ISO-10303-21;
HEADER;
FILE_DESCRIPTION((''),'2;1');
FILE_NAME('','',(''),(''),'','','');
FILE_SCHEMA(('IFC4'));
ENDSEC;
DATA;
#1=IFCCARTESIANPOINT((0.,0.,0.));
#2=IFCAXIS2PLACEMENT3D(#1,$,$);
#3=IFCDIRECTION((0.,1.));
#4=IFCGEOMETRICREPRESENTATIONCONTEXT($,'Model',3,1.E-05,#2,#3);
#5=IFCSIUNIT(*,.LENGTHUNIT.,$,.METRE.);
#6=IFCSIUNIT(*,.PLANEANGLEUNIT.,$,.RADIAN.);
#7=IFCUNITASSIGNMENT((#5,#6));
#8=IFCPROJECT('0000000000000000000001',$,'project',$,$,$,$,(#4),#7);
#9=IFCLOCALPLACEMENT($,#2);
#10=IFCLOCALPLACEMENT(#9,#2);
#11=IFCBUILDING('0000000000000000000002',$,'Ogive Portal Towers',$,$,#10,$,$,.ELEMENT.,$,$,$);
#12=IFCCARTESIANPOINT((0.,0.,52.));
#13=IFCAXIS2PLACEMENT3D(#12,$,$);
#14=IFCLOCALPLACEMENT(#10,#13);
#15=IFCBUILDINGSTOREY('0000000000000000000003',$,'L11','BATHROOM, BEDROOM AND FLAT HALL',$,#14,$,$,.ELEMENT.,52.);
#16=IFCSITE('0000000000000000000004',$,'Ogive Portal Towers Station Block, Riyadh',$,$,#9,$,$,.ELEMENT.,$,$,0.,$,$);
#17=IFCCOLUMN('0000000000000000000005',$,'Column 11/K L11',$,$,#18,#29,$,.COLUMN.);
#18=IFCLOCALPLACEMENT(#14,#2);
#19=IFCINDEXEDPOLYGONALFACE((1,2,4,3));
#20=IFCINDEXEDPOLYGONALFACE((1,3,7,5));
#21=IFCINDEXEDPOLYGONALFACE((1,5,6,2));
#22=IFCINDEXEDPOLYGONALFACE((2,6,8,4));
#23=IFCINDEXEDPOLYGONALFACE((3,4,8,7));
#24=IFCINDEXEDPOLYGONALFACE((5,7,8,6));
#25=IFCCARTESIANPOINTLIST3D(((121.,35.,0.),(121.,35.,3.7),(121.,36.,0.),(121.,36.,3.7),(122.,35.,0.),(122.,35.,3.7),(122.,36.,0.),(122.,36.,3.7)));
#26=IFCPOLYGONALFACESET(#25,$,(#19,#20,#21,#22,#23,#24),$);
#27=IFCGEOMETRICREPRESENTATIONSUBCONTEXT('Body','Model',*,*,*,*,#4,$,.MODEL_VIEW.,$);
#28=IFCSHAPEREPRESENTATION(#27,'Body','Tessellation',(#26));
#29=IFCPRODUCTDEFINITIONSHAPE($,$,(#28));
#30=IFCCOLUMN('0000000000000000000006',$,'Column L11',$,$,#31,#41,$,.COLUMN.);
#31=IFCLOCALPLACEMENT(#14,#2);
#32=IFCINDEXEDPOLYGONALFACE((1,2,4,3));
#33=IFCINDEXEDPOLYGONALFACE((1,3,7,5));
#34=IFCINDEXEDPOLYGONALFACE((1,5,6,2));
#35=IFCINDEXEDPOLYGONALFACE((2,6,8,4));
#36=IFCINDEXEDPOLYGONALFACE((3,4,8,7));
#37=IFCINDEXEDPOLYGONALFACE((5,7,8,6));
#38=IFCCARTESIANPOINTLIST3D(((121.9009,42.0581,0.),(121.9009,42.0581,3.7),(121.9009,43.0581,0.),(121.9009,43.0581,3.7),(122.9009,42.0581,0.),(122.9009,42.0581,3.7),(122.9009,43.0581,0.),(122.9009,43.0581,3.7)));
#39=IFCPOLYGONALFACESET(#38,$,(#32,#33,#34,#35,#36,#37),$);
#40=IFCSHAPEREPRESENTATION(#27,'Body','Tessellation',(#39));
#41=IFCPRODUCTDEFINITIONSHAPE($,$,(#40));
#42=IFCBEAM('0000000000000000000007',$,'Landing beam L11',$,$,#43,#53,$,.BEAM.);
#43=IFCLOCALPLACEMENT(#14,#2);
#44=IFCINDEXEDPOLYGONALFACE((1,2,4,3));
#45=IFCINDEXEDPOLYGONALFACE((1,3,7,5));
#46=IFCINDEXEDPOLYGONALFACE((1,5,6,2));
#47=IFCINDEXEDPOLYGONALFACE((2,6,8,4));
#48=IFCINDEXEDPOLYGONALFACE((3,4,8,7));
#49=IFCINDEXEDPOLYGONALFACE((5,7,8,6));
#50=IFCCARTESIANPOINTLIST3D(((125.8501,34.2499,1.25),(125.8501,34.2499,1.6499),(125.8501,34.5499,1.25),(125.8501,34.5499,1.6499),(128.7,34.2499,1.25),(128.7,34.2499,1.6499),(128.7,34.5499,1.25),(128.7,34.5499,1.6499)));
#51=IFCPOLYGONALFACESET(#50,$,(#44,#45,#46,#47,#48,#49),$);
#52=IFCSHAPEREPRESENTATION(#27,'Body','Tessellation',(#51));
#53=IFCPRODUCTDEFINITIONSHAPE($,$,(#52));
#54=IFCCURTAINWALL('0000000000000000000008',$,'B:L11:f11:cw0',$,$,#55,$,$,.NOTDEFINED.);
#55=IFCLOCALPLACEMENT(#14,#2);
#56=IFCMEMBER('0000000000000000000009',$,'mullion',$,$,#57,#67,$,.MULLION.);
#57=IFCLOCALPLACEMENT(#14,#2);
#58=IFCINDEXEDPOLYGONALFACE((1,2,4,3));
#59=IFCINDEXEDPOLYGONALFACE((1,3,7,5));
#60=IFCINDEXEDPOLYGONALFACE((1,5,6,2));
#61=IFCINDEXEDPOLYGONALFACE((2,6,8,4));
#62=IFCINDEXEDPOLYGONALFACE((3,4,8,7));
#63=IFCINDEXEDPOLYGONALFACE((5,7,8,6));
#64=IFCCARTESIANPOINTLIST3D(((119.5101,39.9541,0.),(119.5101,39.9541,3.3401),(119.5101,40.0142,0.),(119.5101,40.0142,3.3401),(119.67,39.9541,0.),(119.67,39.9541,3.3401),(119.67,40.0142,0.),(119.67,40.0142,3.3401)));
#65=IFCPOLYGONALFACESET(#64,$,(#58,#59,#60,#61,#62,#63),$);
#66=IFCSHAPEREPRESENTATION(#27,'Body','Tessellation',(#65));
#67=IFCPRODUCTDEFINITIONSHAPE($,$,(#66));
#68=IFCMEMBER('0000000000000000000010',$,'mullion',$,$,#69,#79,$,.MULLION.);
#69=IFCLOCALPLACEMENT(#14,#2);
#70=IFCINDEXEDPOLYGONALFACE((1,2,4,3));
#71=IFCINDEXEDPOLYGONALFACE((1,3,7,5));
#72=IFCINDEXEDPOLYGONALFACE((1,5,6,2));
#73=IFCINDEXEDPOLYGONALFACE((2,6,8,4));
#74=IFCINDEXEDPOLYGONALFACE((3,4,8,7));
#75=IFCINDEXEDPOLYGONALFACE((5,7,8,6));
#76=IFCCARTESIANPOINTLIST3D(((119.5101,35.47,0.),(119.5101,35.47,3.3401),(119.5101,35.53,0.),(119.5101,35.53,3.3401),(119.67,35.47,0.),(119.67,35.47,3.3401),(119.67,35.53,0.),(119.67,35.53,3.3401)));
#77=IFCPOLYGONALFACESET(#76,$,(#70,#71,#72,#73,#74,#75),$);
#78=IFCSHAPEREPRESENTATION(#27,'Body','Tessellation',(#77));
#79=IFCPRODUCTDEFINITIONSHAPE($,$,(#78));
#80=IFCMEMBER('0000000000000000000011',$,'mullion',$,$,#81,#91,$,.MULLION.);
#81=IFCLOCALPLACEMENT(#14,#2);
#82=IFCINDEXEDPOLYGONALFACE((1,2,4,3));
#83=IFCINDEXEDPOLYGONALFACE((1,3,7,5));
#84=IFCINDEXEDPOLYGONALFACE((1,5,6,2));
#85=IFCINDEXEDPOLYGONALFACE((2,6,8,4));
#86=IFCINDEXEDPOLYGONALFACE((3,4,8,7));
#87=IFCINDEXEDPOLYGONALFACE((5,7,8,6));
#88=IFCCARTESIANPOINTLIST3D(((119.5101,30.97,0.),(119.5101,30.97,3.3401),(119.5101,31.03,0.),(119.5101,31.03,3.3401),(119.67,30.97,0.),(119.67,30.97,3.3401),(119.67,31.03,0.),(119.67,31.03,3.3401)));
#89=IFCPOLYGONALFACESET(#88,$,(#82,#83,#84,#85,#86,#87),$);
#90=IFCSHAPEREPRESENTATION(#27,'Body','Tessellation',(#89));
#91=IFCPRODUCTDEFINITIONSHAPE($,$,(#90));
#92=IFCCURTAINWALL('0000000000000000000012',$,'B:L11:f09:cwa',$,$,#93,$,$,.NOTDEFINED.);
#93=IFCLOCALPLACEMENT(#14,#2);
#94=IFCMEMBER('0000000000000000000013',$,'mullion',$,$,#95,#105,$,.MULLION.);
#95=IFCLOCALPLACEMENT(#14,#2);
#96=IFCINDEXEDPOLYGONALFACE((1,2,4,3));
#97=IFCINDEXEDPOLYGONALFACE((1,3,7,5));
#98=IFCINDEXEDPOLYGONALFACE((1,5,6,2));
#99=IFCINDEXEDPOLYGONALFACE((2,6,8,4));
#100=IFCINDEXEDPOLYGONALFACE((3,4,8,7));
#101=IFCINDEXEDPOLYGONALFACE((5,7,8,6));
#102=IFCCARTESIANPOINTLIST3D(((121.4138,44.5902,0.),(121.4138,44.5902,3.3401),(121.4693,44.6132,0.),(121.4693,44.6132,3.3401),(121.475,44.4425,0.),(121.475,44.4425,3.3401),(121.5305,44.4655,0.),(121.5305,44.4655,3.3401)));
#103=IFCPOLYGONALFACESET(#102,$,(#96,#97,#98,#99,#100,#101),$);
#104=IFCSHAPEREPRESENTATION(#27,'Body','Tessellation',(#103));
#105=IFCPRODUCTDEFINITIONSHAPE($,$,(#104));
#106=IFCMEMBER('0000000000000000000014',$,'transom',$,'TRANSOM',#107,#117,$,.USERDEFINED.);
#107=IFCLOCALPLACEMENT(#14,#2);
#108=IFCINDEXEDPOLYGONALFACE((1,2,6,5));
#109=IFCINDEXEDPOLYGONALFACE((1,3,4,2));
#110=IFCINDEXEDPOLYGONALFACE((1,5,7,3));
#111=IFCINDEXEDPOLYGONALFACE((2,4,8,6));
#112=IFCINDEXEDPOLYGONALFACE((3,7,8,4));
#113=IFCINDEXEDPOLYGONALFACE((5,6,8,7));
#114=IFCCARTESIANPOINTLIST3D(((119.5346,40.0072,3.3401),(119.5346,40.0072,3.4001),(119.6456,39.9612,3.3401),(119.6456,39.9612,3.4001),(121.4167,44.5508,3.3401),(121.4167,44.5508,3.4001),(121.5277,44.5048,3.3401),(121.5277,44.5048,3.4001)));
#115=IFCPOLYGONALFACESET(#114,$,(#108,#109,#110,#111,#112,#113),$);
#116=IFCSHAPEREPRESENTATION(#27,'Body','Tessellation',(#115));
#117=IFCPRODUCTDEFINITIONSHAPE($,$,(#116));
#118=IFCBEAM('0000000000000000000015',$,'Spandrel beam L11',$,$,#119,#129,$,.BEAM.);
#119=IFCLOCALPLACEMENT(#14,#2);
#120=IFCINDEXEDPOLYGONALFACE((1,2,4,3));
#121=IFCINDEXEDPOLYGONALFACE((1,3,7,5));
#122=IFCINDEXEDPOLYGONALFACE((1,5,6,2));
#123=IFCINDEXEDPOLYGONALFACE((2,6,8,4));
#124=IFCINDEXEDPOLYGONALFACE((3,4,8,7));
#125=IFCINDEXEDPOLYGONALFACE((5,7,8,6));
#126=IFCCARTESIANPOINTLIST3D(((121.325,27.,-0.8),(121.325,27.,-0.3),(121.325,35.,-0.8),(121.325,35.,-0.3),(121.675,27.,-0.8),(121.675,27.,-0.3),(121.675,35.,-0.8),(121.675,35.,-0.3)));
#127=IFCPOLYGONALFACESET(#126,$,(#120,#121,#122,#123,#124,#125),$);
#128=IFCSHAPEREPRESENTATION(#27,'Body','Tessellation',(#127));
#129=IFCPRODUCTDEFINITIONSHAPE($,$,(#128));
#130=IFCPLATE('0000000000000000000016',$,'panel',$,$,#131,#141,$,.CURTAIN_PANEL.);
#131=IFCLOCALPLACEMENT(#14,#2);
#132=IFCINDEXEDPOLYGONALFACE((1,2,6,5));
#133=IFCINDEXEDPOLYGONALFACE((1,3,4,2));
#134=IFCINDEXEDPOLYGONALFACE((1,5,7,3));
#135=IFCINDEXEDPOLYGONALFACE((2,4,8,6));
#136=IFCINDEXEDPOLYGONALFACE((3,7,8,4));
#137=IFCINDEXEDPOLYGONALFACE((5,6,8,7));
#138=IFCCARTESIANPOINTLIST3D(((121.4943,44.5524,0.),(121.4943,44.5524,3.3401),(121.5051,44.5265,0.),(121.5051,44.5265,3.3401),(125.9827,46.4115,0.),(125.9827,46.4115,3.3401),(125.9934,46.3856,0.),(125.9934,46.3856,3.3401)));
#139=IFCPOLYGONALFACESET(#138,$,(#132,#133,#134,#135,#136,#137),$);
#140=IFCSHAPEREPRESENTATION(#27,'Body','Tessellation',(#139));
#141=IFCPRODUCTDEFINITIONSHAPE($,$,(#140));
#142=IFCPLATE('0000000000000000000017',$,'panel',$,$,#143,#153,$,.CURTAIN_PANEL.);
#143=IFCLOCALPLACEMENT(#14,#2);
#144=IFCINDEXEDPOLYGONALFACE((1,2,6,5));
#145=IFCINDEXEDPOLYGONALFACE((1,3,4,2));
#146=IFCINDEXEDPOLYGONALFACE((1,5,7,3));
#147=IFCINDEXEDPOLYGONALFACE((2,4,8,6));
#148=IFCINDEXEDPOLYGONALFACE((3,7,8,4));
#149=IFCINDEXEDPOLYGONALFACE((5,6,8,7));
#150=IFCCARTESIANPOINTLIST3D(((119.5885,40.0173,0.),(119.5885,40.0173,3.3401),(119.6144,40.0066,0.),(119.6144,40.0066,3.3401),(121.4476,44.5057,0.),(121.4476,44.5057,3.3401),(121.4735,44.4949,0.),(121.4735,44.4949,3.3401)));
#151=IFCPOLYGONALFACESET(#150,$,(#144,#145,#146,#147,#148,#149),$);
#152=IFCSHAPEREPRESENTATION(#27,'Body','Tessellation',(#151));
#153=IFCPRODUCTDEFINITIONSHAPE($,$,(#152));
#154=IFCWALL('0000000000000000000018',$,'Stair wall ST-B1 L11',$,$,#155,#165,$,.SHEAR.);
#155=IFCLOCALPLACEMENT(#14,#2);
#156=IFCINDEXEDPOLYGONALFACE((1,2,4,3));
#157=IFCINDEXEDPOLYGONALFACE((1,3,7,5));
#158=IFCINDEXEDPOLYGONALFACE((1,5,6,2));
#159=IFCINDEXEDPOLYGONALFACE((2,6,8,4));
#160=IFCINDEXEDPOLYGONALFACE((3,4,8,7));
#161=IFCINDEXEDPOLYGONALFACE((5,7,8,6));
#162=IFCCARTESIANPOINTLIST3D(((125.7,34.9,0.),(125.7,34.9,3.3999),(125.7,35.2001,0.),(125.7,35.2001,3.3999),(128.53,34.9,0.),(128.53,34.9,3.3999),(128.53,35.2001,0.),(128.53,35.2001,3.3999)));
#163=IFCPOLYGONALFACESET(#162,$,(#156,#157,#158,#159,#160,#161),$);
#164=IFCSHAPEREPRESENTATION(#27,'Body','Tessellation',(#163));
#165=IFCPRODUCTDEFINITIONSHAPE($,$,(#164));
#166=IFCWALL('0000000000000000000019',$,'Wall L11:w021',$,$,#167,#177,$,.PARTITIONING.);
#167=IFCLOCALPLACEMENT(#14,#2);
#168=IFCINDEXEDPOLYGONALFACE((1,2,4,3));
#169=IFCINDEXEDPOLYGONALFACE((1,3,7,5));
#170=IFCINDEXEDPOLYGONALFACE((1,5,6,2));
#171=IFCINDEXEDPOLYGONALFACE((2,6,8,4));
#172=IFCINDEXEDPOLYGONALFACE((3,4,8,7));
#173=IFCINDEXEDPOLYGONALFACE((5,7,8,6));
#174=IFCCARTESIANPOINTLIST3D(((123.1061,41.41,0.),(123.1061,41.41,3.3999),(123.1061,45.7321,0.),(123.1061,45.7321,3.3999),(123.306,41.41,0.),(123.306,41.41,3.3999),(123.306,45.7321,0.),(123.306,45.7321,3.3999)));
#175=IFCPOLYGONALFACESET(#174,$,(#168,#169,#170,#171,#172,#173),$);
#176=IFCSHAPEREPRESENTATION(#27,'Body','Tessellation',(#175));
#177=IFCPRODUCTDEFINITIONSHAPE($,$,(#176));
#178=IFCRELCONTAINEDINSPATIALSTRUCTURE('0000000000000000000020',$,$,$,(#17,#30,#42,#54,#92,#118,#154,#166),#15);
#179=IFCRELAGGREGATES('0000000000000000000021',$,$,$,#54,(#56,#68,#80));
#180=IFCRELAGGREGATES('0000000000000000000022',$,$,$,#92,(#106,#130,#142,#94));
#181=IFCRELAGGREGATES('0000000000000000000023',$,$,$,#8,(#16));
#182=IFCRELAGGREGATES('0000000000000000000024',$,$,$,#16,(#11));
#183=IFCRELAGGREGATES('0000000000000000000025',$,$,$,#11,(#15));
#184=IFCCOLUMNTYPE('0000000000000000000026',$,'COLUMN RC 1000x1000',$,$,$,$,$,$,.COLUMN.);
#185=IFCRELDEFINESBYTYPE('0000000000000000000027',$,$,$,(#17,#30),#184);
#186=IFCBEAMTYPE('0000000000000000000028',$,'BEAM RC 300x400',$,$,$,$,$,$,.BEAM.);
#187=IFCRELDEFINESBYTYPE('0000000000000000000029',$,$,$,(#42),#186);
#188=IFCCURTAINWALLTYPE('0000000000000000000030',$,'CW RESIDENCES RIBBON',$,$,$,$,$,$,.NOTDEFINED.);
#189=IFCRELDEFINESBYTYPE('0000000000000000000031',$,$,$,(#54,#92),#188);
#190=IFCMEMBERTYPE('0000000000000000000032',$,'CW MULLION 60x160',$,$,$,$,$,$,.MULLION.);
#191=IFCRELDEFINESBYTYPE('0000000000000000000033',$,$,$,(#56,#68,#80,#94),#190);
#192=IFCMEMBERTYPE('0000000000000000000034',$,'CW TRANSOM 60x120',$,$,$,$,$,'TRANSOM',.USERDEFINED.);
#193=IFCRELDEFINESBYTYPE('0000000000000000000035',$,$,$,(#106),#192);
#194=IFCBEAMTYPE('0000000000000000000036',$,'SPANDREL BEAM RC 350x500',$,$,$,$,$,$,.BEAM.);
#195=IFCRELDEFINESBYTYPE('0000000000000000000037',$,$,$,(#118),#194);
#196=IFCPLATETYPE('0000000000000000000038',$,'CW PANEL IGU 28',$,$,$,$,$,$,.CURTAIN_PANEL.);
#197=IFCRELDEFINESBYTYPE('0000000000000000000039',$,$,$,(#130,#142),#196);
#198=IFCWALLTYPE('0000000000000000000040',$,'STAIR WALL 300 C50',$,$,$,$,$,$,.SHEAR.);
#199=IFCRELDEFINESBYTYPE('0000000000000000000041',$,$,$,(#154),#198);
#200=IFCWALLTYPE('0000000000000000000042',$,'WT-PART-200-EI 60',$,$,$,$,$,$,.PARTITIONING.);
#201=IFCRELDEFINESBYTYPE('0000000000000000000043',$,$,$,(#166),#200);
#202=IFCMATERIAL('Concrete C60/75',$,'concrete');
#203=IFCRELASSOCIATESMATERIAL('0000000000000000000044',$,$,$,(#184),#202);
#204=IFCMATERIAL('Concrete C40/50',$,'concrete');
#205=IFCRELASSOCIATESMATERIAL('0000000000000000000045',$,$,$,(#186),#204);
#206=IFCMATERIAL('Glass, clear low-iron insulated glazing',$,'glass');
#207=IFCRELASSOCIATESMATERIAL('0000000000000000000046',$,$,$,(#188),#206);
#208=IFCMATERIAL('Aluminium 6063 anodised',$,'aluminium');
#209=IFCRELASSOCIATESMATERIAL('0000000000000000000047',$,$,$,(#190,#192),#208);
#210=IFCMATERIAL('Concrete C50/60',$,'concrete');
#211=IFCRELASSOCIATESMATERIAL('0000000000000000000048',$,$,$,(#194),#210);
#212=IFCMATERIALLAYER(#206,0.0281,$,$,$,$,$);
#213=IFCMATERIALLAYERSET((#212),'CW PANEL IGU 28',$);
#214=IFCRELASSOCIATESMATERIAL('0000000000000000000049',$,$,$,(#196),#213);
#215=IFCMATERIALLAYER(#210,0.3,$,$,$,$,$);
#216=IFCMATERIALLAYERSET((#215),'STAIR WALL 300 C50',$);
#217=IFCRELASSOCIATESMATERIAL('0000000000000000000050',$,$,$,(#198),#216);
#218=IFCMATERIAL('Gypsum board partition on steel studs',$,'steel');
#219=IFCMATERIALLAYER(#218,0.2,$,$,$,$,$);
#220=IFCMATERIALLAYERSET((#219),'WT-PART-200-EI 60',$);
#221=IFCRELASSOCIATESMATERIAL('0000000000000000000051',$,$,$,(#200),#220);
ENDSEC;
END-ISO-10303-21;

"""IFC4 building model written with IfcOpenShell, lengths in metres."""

from ifc_helpers import new_model, si_unit, direction, frame, frame_2d, origin, origin_2d, place, context, subcontext, project, spatial, rectangle, extrude, material, layer, layer_set, material_profile, profile_set, type_object, element, aggregate, save


model = new_model("IFC4")

# Units and contexts
model_context = context("Model", 3, precision=1e-05, world=origin(), true_north=direction((0.0, 1.0)))
body_context = subcontext(model_context, "Body", "Model", "MODEL_VIEW")
ifc_project = project(units=[si_unit("LENGTHUNIT", "METRE"), si_unit("PLANEANGLEUNIT", "RADIAN")], contexts=[model_context])

# Site, building, storey
site_placement = place(None, origin())
site = spatial("IfcSite", under=ifc_project, at=site_placement, Name="Ogive Portal Towers Station Block, Riyadh", CompositionType="ELEMENT", RefElevation=0.0)
building_placement = place(site_placement, origin())
building = spatial("IfcBuilding", under=site, at=building_placement, Name="Ogive Portal Towers", CompositionType="ELEMENT")
storey_placement = place(building_placement, frame((0.0, 0.0, 52.0)))
storey = spatial("IfcBuildingStorey", under=building, at=storey_placement, Name="L11", Description="BATHROOM, BEDROOM AND FLAT HALL", CompositionType="ELEMENT", Elevation=52.0)

# Columns
ifc_material_1 = material(Name="Concrete C60/75", Category="concrete")
ifc_material_profile_1 = material_profile(ifc_material_1, rectangle(XDim=1.0, YDim=1.0, at=origin_2d()), Name="RC 1000x1000")
ifc_profile_set_1 = profile_set([ifc_material_profile_1], Name="Concrete C60/75")
column_type = type_object("IfcColumnType", Name="COLUMN RC 1000x1000", PredefinedType="COLUMN", material=ifc_profile_set_1)
for number, where, z_axis, x_axis, name in (
    (1, (121.5, 35.5, 0.0), (0.0, 0.0, 1.0), (1.0, 0.0, 0.0), "Column 11/K L11"),
    (2, (122.4009, 42.5581, 0.0), (0.0, 0.0, 1.0), (1.0, 0.0, 0.0), "Column L11"),
):
    element("IfcColumn", number, at=place(storey_placement, frame(where, z_axis=z_axis, x_axis=x_axis)), inside=storey, type_object=column_type, Name=name, PredefinedType="COLUMN", context=body_context, shape_type="SweptSolid", body=[
        extrude(rectangle(XDim=1.0, YDim=1.0, at=origin_2d()), origin(), (0.0, 0.0, 1.0), 3.7),
    ])

# Beam
ifc_material_2 = material(Name="Concrete C40/50", Category="concrete")
ifc_material_profile_2 = material_profile(ifc_material_2, rectangle(XDim=0.3, YDim=0.3999, at=origin_2d()), Name="RC 300x400")
ifc_profile_set_2 = profile_set([ifc_material_profile_2], Name="Concrete C40/50")
beam_type_1 = type_object("IfcBeamType", Name="BEAM RC 300x400", PredefinedType="BEAM", material=ifc_profile_set_2)
beam_1_placement = place(storey_placement, frame((125.8501, 34.3999, 1.45), z_axis=(1.0, 0.0, 0.0), x_axis=(0.0, 1.0, 0.0)))
element("IfcBeam", 3, at=beam_1_placement, inside=storey, type_object=beam_type_1, Name="Landing beam L11", PredefinedType="BEAM", context=body_context, shape_type="SweptSolid", body=[
    extrude(rectangle(XDim=0.3, YDim=0.3999, at=origin_2d()), origin(), (0.0, 0.0, 1.0), 2.8499),
])

# Curtain walls, members
ifc_material_3 = material(Name="Glass, clear low-iron insulated glazing", Category="glass")
curtain_wall_type = type_object("IfcCurtainWallType", Name="CW RESIDENCES RIBBON", PredefinedType="NOTDEFINED", material=ifc_material_3)
curtain_wall_1_placement = place(storey_placement, origin())
curtain_wall_1 = element("IfcCurtainWall", 4, at=curtain_wall_1_placement, inside=storey, type_object=curtain_wall_type, Name="B:L11:f11:cw0", PredefinedType="NOTDEFINED")
ifc_material_4 = material(Name="Aluminium 6063 anodised", Category="aluminium")
ifc_material_profile_3 = material_profile(ifc_material_4, rectangle(XDim=0.1599, YDim=0.0601, at=origin_2d()), Name="AL 60x160")
ifc_profile_set_3 = profile_set([ifc_material_profile_3], Name="Aluminium 6063 anodised")
member_type_1 = type_object("IfcMemberType", Name="CW MULLION 60x160", PredefinedType="MULLION", material=ifc_profile_set_3)
member_1_placement = place(storey_placement, frame((119.5901, 39.9841, 0.0), z_axis=(0.0, 0.0, 1.0), x_axis=(1.0, 0.0, 0.0)))
member_1 = element("IfcMember", 5, at=member_1_placement, type_object=member_type_1, Name="mullion", PredefinedType="MULLION", context=body_context, shape_type="SweptSolid", body=[
    extrude(rectangle(XDim=0.1599, YDim=0.0601, at=origin_2d()), origin(), (0.0, 0.0, 1.0), 3.3401),
])
member_2_placement = place(storey_placement, frame((119.5901, 35.5, 0.0), z_axis=(0.0, 0.0, 1.0), x_axis=(1.0, 0.0, 0.0)))
member_2 = element("IfcMember", 6, at=member_2_placement, type_object=member_type_1, Name="mullion", PredefinedType="MULLION", context=body_context, shape_type="SweptSolid", body=[
    extrude(rectangle(XDim=0.1599, YDim=0.0601, at=origin_2d()), origin(), (0.0, 0.0, 1.0), 3.3401),
])
member_3_placement = place(storey_placement, frame((119.5901, 31.0, 0.0), z_axis=(0.0, 0.0, 1.0), x_axis=(1.0, 0.0, 0.0)))
member_3 = element("IfcMember", 7, at=member_3_placement, type_object=member_type_1, Name="mullion", PredefinedType="MULLION", context=body_context, shape_type="SweptSolid", body=[
    extrude(rectangle(XDim=0.1599, YDim=0.0601, at=origin_2d()), origin(), (0.0, 0.0, 1.0), 3.3401),
])
aggregate(curtain_wall_1, [member_1, member_2, member_3])
curtain_wall_2_placement = place(storey_placement, origin())
curtain_wall_2 = element("IfcCurtainWall", 8, at=curtain_wall_2_placement, inside=storey, type_object=curtain_wall_type, Name="B:L11:f09:cwa", PredefinedType="NOTDEFINED")
member_4_placement = place(storey_placement, frame((121.4722, 44.5278, 0.0), z_axis=(0.0, 0.0, 1.0), x_axis=(0.382683, -0.92388, 0.0)))
member_4 = element("IfcMember", 9, at=member_4_placement, type_object=member_type_1, Name="mullion", PredefinedType="MULLION", context=body_context, shape_type="SweptSolid", body=[
    extrude(rectangle(XDim=0.1599, YDim=0.0601, at=origin_2d()), origin(), (0.0, 0.0, 1.0), 3.3401),
])
ifc_material_profile_4 = material_profile(ifc_material_4, rectangle(XDim=0.1201, YDim=0.0601, at=origin_2d()), Name="AL 120x60")
ifc_profile_set_4 = profile_set([ifc_material_profile_4], Name="Aluminium 6063 anodised")
member_type_2 = type_object("IfcMemberType", Name="CW TRANSOM 60x120", ElementType="TRANSOM", PredefinedType="USERDEFINED", material=ifc_profile_set_4)
member_5_placement = place(storey_placement, frame((121.4722, 44.5278, 3.3701), z_axis=(-0.382686, -0.923878, 0.0), x_axis=(0.923878, -0.382686, 0.0)))
member_5 = element("IfcMember", 10, at=member_5_placement, type_object=member_type_2, Name="transom", ObjectType="TRANSOM", PredefinedType="USERDEFINED", context=body_context, shape_type="SweptSolid", body=[
    extrude(rectangle(XDim=0.1201, YDim=0.0601, at=origin_2d()), origin(), (0.0, 0.0, 1.0), 4.918),
])

# Beam
ifc_material_5 = material(Name="Concrete C50/60", Category="concrete")
ifc_material_profile_5 = material_profile(ifc_material_5, rectangle(XDim=0.3501, YDim=0.5, at=origin_2d()), Name="RC 350x500")
ifc_profile_set_5 = profile_set([ifc_material_profile_5], Name="Concrete C50/60")
beam_type_2 = type_object("IfcBeamType", Name="SPANDREL BEAM RC 350x500", PredefinedType="BEAM", material=ifc_profile_set_5)
beam_2_placement = place(storey_placement, frame((121.5, 35.0, -0.55), z_axis=(0.0, -1.0, 0.0), x_axis=(1.0, 0.0, 0.0)))
element("IfcBeam", 11, at=beam_2_placement, inside=storey, type_object=beam_type_2, Name="Spandrel beam L11", PredefinedType="BEAM", context=body_context, shape_type="SweptSolid", body=[
    extrude(rectangle(XDim=0.3501, YDim=0.5, at=origin_2d()), origin(), (0.0, 0.0, 1.0), 8.0),
])

# Plates
ifc_layer_1 = layer(ifc_material_3, 0.0281)
ifc_layer_set_1 = layer_set([ifc_layer_1], Name="CW PANEL IGU 28")
plate_type = type_object("IfcPlateType", Name="CW PANEL IGU 28", PredefinedType="CURTAIN_PANEL", material=ifc_layer_set_1)
plate_1_placement = place(storey_placement, frame((123.7439, 45.469, 0.0), z_axis=(0.0, 0.0, 1.0), x_axis=(-0.92388, -0.382683, 0.0)))
plate_1 = element("IfcPlate", 12, at=plate_1_placement, type_object=plate_type, Name="panel", PredefinedType="CURTAIN_PANEL", context=body_context, shape_type="SweptSolid", body=[
    extrude(rectangle(XDim=4.8582, YDim=0.0281, at=origin_2d()), origin(), (0.0, 0.0, 1.0), 3.3401),
])
plate_2_placement = place(storey_placement, frame((120.531, 42.2561, 0.0), z_axis=(0.0, 0.0, 1.0), x_axis=(-0.382683, -0.92388, 0.0)))
plate_2 = element("IfcPlate", 13, at=plate_2_placement, type_object=plate_type, Name="panel", PredefinedType="CURTAIN_PANEL", context=body_context, shape_type="SweptSolid", body=[
    extrude(rectangle(XDim=4.8582, YDim=0.0281, at=origin_2d()), origin(), (0.0, 0.0, 1.0), 3.3401),
])
aggregate(curtain_wall_2, [member_5, plate_1, plate_2, member_4])

# Wall
ifc_layer_2 = layer(ifc_material_5, 0.3)
ifc_layer_set_2 = layer_set([ifc_layer_2], Name="STAIR WALL 300 C50")
wall_type_1 = type_object("IfcWallType", Name="STAIR WALL 300 C50", PredefinedType="SHEAR", material=ifc_layer_set_2)
wall_1_placement = place(storey_placement, frame((125.7, 35.05, 0.0), z_axis=(0.0, 0.0, 1.0), x_axis=(1.0, 0.0, 0.0)))
element("IfcWall", 14, at=wall_1_placement, inside=storey, type_object=wall_type_1, Name="Stair wall ST-B1 L11", PredefinedType="SHEAR", context=body_context, shape_type="SweptSolid", body=[
    extrude(rectangle(XDim=2.8301, YDim=0.3, at=frame_2d((1.415, 0.0))), origin(), (0.0, 0.0, 1.0), 3.3999),
])

# Shared definitions
ifc_material_6 = material(Name="Gypsum board partition on steel studs", Category="steel")
ifc_layer_3 = layer(ifc_material_6, 0.2)
ifc_layer_set_3 = layer_set([ifc_layer_3], Name="WT-PART-200-EI 60")
wall_type_2 = type_object("IfcWallType", Name="WT-PART-200-EI 60", PredefinedType="PARTITIONING", material=ifc_layer_set_3)

# Wall
wall_2_placement = place(storey_placement, frame((123.2061, 41.4099, 0.0), z_axis=(0.0, 0.0, 1.0), x_axis=(0.0, 1.0, 0.0)))
element("IfcWall", 15, at=wall_2_placement, inside=storey, type_object=wall_type_2, Name="Wall L11:w021", PredefinedType="PARTITIONING", context=body_context, shape_type="SweptSolid", body=[
    extrude(rectangle(XDim=4.322, YDim=0.2, at=frame_2d((2.1611, 0.0))), origin(), (0.0, 0.0, 1.0), 3.3999),
])

save(model, "model.ifc")
